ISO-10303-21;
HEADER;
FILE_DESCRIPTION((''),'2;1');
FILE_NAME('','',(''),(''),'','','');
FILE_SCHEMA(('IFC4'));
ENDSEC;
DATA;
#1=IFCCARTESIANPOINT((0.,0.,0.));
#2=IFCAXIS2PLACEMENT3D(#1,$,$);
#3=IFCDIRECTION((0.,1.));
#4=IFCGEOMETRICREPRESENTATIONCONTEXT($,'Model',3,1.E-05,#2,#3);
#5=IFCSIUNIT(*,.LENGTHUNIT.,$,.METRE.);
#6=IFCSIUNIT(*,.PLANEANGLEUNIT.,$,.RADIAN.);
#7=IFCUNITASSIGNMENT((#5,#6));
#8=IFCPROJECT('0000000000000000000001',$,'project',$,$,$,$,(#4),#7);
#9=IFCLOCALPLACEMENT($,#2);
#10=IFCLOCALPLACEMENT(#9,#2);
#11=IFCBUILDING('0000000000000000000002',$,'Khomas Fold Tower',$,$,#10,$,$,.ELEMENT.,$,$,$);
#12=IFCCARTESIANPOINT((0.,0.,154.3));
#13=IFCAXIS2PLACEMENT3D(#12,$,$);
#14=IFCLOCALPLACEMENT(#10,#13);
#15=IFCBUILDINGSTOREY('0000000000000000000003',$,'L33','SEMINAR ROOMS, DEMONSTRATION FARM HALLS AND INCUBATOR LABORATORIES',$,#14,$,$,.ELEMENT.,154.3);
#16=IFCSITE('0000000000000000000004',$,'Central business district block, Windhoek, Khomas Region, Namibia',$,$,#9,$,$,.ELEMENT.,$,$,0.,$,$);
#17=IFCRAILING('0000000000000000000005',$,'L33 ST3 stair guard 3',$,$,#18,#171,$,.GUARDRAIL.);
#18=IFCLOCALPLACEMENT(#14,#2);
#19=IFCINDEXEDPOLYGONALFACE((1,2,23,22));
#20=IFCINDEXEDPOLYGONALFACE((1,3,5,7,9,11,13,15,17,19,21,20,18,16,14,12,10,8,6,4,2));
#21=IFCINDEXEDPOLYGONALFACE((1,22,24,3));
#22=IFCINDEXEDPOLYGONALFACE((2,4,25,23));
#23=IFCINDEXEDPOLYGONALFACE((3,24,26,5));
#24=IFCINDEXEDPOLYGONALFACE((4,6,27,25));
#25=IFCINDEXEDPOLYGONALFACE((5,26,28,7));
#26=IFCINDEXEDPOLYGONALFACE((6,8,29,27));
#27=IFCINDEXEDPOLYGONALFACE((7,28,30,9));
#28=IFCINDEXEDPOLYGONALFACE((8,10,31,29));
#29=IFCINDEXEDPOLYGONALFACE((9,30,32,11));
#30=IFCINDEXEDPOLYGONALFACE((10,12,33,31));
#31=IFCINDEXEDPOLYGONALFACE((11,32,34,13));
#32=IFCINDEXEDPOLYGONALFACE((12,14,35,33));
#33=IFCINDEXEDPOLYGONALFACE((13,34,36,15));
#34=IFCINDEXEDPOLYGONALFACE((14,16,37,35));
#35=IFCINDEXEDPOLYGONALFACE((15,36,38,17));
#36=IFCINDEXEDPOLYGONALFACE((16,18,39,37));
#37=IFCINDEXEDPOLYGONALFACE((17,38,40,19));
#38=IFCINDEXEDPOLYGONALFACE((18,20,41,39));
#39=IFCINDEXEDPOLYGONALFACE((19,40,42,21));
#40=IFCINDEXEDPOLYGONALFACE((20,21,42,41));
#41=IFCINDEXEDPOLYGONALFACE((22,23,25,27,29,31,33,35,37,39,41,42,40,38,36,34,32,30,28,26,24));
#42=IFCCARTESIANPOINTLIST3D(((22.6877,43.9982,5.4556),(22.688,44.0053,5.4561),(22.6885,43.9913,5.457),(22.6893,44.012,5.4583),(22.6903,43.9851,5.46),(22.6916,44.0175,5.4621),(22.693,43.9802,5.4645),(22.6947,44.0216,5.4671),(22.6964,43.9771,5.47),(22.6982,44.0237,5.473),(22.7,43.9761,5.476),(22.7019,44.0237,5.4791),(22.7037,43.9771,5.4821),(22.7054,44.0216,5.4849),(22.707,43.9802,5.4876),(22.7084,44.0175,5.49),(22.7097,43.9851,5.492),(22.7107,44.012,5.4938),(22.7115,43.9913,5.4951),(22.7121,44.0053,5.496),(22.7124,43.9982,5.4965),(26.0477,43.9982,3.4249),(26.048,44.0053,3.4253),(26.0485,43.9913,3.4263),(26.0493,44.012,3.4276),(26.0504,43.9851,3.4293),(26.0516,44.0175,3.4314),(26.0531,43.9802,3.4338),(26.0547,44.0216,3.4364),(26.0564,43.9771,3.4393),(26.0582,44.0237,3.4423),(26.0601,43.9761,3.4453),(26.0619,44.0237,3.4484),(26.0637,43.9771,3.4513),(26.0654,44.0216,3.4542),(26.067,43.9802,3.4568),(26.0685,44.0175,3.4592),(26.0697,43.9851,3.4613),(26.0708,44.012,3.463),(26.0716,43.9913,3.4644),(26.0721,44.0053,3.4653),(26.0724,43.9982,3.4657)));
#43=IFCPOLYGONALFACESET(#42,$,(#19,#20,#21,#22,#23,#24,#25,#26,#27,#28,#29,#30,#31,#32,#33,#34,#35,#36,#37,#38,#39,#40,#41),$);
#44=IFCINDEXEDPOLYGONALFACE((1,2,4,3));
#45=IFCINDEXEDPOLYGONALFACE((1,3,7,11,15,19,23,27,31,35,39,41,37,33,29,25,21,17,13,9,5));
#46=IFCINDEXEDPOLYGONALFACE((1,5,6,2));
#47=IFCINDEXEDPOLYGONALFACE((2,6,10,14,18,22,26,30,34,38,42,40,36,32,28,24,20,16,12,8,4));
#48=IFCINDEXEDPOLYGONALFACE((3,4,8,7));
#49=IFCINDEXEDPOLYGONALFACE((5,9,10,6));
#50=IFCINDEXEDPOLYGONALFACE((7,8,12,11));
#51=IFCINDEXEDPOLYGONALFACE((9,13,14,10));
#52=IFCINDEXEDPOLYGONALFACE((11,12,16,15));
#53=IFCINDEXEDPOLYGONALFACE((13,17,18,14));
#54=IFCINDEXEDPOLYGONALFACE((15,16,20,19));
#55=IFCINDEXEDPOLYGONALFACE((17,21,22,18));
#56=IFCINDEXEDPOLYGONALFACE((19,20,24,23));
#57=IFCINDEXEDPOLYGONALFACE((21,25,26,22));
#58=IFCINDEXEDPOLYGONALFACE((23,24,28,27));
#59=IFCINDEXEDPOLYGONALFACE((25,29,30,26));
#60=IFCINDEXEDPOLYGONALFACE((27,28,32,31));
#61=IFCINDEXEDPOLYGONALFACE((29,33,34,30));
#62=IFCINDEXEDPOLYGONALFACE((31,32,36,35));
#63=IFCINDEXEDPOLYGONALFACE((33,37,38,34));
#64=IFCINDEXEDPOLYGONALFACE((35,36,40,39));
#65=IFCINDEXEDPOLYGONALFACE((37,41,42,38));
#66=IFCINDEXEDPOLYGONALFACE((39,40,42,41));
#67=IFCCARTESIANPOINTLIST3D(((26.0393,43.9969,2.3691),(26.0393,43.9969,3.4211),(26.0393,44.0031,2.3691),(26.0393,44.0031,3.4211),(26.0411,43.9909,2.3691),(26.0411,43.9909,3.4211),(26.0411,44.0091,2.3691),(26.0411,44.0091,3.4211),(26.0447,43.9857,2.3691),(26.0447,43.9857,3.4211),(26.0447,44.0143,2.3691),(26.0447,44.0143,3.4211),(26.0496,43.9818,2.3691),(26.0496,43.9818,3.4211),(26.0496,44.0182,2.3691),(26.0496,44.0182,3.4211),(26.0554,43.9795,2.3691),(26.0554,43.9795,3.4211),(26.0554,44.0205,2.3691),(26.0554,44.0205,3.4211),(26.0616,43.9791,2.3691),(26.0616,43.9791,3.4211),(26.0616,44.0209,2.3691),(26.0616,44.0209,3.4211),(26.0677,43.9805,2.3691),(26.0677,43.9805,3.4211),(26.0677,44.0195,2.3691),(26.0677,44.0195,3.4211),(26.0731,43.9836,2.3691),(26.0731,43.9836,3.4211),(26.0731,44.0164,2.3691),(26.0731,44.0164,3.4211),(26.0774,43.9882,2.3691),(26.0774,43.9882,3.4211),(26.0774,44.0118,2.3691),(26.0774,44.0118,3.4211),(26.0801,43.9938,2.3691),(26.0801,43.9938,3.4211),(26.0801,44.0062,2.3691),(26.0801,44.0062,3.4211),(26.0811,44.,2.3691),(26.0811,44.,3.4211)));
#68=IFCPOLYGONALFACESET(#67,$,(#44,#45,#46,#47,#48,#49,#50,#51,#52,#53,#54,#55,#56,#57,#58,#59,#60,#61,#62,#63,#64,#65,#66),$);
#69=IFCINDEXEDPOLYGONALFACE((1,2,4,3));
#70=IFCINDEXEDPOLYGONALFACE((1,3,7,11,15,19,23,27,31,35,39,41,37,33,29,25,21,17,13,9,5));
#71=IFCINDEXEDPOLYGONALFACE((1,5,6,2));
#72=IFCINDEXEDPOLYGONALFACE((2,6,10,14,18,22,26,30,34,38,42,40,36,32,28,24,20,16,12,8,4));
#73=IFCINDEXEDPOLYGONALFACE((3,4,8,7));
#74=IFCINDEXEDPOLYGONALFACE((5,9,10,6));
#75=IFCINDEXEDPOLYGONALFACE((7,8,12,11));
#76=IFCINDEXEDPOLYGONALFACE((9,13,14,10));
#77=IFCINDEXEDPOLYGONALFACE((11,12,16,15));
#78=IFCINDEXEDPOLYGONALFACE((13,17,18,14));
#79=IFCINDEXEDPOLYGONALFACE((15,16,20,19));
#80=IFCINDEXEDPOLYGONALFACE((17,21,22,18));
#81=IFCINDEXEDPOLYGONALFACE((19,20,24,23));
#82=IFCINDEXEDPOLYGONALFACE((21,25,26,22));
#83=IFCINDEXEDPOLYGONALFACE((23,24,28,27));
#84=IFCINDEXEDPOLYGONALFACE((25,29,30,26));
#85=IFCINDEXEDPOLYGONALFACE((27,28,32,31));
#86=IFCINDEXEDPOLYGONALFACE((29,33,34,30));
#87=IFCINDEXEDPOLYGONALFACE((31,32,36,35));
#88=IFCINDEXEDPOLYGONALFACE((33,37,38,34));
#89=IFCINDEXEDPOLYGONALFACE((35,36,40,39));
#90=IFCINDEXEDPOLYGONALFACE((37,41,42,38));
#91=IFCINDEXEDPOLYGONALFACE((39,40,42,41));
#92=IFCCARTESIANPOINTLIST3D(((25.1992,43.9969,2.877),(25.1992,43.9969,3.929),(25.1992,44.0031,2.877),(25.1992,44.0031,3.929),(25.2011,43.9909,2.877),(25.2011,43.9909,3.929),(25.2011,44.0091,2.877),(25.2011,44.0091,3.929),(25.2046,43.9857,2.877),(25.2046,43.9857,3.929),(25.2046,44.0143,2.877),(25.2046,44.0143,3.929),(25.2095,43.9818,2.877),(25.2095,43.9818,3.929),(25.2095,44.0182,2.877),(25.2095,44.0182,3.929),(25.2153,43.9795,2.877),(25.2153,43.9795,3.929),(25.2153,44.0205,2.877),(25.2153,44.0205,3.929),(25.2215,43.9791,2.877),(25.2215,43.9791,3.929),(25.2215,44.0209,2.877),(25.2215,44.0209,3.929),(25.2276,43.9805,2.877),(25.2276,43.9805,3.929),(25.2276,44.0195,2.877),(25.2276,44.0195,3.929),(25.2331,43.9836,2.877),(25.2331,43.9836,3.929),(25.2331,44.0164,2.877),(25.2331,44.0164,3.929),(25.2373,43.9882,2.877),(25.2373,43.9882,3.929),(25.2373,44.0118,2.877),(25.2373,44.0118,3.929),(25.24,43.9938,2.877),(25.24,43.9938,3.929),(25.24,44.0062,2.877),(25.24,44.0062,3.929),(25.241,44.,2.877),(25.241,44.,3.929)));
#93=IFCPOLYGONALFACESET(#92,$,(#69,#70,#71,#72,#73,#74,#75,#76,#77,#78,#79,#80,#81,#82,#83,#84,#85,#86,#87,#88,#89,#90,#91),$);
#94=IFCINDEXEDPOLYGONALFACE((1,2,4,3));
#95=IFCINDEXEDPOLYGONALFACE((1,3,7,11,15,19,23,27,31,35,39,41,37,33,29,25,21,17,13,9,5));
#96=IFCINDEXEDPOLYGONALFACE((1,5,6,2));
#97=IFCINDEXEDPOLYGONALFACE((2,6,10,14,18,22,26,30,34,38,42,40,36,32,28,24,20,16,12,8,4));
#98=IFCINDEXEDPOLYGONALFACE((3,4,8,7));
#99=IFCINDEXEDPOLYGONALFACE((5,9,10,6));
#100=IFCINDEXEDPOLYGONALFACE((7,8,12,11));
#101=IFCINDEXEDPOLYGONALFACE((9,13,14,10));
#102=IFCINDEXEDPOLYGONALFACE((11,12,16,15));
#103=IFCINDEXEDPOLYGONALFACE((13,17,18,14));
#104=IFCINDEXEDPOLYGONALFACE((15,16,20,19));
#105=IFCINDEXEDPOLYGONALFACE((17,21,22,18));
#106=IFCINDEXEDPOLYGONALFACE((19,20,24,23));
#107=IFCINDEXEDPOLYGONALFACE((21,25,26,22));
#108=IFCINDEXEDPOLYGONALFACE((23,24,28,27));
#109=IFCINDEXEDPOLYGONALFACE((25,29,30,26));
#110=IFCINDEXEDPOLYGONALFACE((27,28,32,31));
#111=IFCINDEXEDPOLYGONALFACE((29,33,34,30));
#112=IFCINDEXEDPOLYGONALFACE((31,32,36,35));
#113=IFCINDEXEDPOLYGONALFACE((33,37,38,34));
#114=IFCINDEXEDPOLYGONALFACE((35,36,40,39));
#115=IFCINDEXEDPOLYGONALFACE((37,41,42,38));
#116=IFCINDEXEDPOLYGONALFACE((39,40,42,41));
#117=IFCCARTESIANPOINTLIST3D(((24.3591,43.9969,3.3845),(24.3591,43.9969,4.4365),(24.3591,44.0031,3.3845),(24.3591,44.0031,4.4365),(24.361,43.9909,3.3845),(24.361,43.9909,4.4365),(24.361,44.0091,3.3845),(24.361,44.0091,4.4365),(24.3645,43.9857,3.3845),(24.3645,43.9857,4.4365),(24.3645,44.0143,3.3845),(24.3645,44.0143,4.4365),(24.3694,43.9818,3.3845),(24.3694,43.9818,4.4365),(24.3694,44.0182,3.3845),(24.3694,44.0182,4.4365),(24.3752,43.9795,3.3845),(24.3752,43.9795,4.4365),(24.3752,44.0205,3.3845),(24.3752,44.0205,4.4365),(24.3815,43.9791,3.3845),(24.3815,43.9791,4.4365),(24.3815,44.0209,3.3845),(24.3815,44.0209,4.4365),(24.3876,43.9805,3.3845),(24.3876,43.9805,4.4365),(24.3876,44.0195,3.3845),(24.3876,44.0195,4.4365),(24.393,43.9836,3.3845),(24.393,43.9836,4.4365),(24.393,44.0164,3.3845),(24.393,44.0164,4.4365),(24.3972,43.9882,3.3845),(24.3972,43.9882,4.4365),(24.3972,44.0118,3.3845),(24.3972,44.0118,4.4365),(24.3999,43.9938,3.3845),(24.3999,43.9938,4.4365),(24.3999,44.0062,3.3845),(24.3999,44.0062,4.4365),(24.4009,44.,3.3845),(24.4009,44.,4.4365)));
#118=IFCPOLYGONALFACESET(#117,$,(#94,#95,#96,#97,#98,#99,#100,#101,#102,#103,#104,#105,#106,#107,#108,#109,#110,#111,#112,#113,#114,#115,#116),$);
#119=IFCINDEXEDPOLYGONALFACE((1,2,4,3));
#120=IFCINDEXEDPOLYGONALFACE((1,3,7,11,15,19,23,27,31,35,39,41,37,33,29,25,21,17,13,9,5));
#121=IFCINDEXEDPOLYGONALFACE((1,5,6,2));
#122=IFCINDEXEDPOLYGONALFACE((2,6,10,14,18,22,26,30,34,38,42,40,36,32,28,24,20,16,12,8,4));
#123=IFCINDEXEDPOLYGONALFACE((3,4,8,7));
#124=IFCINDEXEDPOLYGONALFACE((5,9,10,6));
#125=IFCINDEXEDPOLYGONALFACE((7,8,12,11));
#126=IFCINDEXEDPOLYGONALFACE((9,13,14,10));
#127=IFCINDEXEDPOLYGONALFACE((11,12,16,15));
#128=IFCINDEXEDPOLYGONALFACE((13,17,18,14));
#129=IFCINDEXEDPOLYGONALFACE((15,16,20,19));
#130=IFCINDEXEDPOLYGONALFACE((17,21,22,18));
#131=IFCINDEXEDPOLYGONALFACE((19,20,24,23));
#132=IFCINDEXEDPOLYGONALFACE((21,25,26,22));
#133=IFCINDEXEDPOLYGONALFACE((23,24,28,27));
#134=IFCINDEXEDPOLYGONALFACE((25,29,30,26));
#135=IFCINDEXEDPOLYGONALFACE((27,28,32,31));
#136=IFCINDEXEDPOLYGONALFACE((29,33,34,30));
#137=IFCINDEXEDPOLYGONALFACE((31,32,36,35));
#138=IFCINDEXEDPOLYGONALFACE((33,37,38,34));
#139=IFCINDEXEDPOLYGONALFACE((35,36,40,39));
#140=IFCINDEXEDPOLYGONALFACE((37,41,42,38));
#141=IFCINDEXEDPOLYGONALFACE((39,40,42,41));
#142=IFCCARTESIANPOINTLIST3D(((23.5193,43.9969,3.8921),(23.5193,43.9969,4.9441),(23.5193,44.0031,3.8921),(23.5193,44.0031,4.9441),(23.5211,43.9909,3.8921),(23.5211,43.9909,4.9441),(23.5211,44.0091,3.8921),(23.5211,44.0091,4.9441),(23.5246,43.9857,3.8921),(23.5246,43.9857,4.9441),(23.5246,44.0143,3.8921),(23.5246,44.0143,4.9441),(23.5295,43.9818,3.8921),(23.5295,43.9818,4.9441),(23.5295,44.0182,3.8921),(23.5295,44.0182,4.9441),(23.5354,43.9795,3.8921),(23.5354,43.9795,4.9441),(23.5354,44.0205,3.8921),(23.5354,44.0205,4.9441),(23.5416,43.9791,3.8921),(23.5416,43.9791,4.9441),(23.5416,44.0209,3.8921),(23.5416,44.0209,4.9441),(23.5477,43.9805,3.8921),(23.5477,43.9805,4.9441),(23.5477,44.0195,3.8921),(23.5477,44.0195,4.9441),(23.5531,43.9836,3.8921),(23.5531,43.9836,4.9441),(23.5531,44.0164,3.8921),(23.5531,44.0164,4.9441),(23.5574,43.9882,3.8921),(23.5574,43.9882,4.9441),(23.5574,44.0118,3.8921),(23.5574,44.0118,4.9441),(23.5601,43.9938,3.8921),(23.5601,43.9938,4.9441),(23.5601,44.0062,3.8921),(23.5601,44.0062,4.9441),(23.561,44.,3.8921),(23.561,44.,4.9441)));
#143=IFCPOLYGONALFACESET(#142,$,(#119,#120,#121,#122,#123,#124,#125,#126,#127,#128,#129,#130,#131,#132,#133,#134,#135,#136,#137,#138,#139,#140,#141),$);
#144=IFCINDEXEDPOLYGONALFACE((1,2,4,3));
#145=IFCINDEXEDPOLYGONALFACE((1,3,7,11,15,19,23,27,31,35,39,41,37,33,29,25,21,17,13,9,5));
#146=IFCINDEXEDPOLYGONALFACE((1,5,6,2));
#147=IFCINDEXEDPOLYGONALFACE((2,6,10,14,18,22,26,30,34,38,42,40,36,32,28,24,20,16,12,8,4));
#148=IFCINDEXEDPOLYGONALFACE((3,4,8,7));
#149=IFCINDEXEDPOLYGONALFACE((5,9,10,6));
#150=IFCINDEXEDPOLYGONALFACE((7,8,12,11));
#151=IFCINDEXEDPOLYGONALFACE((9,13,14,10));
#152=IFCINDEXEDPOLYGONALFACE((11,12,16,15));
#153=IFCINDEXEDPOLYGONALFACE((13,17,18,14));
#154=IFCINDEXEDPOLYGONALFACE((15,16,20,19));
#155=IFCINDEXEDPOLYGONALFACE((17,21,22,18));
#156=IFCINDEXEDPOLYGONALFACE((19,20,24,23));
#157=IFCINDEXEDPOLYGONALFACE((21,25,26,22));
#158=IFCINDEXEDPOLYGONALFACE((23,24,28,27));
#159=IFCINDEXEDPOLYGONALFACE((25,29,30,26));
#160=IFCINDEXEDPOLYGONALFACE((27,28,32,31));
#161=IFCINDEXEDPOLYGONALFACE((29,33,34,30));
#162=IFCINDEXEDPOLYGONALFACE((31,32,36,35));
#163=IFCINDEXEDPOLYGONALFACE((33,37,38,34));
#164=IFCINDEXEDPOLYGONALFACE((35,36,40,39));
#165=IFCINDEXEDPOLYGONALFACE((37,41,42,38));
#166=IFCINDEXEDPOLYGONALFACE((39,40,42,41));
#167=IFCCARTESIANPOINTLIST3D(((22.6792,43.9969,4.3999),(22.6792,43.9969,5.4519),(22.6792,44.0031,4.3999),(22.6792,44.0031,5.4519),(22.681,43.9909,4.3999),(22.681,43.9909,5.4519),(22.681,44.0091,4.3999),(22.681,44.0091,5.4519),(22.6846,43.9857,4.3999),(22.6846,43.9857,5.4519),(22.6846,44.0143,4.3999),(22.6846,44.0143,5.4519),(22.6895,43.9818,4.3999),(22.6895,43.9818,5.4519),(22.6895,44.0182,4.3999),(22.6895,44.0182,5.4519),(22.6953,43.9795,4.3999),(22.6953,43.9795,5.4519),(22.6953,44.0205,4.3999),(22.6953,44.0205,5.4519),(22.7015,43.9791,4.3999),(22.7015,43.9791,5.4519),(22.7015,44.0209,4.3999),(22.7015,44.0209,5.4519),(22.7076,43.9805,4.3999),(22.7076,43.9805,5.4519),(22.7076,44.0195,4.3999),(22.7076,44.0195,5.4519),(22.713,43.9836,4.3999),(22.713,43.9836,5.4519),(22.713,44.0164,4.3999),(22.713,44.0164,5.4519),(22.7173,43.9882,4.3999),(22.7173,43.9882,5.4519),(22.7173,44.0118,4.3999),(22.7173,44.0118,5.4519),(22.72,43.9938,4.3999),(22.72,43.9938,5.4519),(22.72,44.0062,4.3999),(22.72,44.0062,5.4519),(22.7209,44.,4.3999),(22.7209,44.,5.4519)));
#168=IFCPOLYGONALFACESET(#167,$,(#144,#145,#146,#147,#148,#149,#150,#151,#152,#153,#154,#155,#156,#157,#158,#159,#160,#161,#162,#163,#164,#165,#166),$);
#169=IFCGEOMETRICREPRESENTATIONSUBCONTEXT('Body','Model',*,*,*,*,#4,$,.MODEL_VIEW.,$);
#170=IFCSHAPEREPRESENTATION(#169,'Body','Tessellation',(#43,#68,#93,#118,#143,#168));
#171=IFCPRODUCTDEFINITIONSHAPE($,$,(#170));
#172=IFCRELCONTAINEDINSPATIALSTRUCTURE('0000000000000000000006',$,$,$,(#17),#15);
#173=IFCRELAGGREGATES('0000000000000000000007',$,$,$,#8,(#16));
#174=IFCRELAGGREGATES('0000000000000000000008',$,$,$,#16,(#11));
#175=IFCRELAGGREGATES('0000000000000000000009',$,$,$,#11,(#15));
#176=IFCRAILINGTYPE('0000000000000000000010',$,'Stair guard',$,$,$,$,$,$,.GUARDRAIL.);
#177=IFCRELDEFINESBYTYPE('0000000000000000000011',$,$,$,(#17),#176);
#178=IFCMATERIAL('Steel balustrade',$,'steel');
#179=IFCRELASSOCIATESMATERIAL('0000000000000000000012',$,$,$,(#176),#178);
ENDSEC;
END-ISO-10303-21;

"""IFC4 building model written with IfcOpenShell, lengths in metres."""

from ifc_helpers import new_model, si_unit, direction, frame, origin, origin_2d, place, context, subcontext, project, spatial, circle, extrude, source, transform, mapped, material, type_object, element, save


model = new_model("IFC4")

# Units and contexts
model_context = context("Model", 3, precision=1e-05, world=origin(), true_north=direction((0.0, 1.0)))
body_context = subcontext(model_context, "Body", "Model", "MODEL_VIEW")
ifc_project = project(units=[si_unit("LENGTHUNIT", "METRE"), si_unit("PLANEANGLEUNIT", "RADIAN")], contexts=[model_context])

# Site, building, storey
site_placement = place(None, origin())
site = spatial("IfcSite", under=ifc_project, at=site_placement, Name="Central business district block, Windhoek, Khomas Region, Namibia", CompositionType="ELEMENT", RefElevation=0.0)
building_placement = place(site_placement, origin())
building = spatial("IfcBuilding", under=site, at=building_placement, Name="Khomas Fold Tower", CompositionType="ELEMENT")
storey_placement = place(building_placement, frame((0.0, 0.0, 154.3)))
storey = spatial("IfcBuildingStorey", under=building, at=storey_placement, Name="L33", Description="SEMINAR ROOMS, DEMONSTRATION FARM HALLS AND INCUBATOR LABORATORIES", CompositionType="ELEMENT", Elevation=154.3)

# Railing
ifc_material_1 = material(Name="Steel balustrade", Category="steel")
railing_type_1 = type_object("IfcRailingType", Name="Stair guard", PredefinedType="GUARDRAIL", material=ifc_material_1)
shared_shape_1 = source(origin(), body_context, "Body", "SweptSolid", [
    extrude(circle(Radius=0.0239, at=origin_2d()), frame((0.0, 0.0, 1.0762), z_axis=(-0.855837, 0.0, 0.517246), x_axis=(0.0, -1.0, 0.0)), (0.0, 0.0, 1.0), 3.926),
    extrude(circle(Radius=0.021, at=origin_2d()), origin(), (0.0, 0.0, 1.0), 1.052),
    extrude(circle(Radius=0.021, at=origin_2d()), frame((-0.8401, 0.0, 0.5078)), (0.0, 0.0, 1.0), 1.052),
    extrude(circle(Radius=0.021, at=origin_2d()), frame((-1.6802, 0.0, 1.0154)), (0.0, 0.0, 1.0), 1.052),
    extrude(circle(Radius=0.021, at=origin_2d()), frame((-2.52, 0.0, 1.5229)), (0.0, 0.0, 1.0), 1.052),
    extrude(circle(Radius=0.021, at=origin_2d()), frame((-3.3601, 0.0, 2.0308)), (0.0, 0.0, 1.0), 1.052),
])
railing_1_placement = place(storey_placement, frame((26.0601, 44.0, 2.3691)))
element("IfcRailing", 1, at=railing_1_placement, inside=storey, type_object=railing_type_1, Name="L33 ST3 stair guard 3", PredefinedType="GUARDRAIL", context=body_context, shape_type="MappedRepresentation", body=[
    mapped(shared_shape_1, transform((0.0, 0.0, 0.0))),
])

save(model, "model.ifc")
